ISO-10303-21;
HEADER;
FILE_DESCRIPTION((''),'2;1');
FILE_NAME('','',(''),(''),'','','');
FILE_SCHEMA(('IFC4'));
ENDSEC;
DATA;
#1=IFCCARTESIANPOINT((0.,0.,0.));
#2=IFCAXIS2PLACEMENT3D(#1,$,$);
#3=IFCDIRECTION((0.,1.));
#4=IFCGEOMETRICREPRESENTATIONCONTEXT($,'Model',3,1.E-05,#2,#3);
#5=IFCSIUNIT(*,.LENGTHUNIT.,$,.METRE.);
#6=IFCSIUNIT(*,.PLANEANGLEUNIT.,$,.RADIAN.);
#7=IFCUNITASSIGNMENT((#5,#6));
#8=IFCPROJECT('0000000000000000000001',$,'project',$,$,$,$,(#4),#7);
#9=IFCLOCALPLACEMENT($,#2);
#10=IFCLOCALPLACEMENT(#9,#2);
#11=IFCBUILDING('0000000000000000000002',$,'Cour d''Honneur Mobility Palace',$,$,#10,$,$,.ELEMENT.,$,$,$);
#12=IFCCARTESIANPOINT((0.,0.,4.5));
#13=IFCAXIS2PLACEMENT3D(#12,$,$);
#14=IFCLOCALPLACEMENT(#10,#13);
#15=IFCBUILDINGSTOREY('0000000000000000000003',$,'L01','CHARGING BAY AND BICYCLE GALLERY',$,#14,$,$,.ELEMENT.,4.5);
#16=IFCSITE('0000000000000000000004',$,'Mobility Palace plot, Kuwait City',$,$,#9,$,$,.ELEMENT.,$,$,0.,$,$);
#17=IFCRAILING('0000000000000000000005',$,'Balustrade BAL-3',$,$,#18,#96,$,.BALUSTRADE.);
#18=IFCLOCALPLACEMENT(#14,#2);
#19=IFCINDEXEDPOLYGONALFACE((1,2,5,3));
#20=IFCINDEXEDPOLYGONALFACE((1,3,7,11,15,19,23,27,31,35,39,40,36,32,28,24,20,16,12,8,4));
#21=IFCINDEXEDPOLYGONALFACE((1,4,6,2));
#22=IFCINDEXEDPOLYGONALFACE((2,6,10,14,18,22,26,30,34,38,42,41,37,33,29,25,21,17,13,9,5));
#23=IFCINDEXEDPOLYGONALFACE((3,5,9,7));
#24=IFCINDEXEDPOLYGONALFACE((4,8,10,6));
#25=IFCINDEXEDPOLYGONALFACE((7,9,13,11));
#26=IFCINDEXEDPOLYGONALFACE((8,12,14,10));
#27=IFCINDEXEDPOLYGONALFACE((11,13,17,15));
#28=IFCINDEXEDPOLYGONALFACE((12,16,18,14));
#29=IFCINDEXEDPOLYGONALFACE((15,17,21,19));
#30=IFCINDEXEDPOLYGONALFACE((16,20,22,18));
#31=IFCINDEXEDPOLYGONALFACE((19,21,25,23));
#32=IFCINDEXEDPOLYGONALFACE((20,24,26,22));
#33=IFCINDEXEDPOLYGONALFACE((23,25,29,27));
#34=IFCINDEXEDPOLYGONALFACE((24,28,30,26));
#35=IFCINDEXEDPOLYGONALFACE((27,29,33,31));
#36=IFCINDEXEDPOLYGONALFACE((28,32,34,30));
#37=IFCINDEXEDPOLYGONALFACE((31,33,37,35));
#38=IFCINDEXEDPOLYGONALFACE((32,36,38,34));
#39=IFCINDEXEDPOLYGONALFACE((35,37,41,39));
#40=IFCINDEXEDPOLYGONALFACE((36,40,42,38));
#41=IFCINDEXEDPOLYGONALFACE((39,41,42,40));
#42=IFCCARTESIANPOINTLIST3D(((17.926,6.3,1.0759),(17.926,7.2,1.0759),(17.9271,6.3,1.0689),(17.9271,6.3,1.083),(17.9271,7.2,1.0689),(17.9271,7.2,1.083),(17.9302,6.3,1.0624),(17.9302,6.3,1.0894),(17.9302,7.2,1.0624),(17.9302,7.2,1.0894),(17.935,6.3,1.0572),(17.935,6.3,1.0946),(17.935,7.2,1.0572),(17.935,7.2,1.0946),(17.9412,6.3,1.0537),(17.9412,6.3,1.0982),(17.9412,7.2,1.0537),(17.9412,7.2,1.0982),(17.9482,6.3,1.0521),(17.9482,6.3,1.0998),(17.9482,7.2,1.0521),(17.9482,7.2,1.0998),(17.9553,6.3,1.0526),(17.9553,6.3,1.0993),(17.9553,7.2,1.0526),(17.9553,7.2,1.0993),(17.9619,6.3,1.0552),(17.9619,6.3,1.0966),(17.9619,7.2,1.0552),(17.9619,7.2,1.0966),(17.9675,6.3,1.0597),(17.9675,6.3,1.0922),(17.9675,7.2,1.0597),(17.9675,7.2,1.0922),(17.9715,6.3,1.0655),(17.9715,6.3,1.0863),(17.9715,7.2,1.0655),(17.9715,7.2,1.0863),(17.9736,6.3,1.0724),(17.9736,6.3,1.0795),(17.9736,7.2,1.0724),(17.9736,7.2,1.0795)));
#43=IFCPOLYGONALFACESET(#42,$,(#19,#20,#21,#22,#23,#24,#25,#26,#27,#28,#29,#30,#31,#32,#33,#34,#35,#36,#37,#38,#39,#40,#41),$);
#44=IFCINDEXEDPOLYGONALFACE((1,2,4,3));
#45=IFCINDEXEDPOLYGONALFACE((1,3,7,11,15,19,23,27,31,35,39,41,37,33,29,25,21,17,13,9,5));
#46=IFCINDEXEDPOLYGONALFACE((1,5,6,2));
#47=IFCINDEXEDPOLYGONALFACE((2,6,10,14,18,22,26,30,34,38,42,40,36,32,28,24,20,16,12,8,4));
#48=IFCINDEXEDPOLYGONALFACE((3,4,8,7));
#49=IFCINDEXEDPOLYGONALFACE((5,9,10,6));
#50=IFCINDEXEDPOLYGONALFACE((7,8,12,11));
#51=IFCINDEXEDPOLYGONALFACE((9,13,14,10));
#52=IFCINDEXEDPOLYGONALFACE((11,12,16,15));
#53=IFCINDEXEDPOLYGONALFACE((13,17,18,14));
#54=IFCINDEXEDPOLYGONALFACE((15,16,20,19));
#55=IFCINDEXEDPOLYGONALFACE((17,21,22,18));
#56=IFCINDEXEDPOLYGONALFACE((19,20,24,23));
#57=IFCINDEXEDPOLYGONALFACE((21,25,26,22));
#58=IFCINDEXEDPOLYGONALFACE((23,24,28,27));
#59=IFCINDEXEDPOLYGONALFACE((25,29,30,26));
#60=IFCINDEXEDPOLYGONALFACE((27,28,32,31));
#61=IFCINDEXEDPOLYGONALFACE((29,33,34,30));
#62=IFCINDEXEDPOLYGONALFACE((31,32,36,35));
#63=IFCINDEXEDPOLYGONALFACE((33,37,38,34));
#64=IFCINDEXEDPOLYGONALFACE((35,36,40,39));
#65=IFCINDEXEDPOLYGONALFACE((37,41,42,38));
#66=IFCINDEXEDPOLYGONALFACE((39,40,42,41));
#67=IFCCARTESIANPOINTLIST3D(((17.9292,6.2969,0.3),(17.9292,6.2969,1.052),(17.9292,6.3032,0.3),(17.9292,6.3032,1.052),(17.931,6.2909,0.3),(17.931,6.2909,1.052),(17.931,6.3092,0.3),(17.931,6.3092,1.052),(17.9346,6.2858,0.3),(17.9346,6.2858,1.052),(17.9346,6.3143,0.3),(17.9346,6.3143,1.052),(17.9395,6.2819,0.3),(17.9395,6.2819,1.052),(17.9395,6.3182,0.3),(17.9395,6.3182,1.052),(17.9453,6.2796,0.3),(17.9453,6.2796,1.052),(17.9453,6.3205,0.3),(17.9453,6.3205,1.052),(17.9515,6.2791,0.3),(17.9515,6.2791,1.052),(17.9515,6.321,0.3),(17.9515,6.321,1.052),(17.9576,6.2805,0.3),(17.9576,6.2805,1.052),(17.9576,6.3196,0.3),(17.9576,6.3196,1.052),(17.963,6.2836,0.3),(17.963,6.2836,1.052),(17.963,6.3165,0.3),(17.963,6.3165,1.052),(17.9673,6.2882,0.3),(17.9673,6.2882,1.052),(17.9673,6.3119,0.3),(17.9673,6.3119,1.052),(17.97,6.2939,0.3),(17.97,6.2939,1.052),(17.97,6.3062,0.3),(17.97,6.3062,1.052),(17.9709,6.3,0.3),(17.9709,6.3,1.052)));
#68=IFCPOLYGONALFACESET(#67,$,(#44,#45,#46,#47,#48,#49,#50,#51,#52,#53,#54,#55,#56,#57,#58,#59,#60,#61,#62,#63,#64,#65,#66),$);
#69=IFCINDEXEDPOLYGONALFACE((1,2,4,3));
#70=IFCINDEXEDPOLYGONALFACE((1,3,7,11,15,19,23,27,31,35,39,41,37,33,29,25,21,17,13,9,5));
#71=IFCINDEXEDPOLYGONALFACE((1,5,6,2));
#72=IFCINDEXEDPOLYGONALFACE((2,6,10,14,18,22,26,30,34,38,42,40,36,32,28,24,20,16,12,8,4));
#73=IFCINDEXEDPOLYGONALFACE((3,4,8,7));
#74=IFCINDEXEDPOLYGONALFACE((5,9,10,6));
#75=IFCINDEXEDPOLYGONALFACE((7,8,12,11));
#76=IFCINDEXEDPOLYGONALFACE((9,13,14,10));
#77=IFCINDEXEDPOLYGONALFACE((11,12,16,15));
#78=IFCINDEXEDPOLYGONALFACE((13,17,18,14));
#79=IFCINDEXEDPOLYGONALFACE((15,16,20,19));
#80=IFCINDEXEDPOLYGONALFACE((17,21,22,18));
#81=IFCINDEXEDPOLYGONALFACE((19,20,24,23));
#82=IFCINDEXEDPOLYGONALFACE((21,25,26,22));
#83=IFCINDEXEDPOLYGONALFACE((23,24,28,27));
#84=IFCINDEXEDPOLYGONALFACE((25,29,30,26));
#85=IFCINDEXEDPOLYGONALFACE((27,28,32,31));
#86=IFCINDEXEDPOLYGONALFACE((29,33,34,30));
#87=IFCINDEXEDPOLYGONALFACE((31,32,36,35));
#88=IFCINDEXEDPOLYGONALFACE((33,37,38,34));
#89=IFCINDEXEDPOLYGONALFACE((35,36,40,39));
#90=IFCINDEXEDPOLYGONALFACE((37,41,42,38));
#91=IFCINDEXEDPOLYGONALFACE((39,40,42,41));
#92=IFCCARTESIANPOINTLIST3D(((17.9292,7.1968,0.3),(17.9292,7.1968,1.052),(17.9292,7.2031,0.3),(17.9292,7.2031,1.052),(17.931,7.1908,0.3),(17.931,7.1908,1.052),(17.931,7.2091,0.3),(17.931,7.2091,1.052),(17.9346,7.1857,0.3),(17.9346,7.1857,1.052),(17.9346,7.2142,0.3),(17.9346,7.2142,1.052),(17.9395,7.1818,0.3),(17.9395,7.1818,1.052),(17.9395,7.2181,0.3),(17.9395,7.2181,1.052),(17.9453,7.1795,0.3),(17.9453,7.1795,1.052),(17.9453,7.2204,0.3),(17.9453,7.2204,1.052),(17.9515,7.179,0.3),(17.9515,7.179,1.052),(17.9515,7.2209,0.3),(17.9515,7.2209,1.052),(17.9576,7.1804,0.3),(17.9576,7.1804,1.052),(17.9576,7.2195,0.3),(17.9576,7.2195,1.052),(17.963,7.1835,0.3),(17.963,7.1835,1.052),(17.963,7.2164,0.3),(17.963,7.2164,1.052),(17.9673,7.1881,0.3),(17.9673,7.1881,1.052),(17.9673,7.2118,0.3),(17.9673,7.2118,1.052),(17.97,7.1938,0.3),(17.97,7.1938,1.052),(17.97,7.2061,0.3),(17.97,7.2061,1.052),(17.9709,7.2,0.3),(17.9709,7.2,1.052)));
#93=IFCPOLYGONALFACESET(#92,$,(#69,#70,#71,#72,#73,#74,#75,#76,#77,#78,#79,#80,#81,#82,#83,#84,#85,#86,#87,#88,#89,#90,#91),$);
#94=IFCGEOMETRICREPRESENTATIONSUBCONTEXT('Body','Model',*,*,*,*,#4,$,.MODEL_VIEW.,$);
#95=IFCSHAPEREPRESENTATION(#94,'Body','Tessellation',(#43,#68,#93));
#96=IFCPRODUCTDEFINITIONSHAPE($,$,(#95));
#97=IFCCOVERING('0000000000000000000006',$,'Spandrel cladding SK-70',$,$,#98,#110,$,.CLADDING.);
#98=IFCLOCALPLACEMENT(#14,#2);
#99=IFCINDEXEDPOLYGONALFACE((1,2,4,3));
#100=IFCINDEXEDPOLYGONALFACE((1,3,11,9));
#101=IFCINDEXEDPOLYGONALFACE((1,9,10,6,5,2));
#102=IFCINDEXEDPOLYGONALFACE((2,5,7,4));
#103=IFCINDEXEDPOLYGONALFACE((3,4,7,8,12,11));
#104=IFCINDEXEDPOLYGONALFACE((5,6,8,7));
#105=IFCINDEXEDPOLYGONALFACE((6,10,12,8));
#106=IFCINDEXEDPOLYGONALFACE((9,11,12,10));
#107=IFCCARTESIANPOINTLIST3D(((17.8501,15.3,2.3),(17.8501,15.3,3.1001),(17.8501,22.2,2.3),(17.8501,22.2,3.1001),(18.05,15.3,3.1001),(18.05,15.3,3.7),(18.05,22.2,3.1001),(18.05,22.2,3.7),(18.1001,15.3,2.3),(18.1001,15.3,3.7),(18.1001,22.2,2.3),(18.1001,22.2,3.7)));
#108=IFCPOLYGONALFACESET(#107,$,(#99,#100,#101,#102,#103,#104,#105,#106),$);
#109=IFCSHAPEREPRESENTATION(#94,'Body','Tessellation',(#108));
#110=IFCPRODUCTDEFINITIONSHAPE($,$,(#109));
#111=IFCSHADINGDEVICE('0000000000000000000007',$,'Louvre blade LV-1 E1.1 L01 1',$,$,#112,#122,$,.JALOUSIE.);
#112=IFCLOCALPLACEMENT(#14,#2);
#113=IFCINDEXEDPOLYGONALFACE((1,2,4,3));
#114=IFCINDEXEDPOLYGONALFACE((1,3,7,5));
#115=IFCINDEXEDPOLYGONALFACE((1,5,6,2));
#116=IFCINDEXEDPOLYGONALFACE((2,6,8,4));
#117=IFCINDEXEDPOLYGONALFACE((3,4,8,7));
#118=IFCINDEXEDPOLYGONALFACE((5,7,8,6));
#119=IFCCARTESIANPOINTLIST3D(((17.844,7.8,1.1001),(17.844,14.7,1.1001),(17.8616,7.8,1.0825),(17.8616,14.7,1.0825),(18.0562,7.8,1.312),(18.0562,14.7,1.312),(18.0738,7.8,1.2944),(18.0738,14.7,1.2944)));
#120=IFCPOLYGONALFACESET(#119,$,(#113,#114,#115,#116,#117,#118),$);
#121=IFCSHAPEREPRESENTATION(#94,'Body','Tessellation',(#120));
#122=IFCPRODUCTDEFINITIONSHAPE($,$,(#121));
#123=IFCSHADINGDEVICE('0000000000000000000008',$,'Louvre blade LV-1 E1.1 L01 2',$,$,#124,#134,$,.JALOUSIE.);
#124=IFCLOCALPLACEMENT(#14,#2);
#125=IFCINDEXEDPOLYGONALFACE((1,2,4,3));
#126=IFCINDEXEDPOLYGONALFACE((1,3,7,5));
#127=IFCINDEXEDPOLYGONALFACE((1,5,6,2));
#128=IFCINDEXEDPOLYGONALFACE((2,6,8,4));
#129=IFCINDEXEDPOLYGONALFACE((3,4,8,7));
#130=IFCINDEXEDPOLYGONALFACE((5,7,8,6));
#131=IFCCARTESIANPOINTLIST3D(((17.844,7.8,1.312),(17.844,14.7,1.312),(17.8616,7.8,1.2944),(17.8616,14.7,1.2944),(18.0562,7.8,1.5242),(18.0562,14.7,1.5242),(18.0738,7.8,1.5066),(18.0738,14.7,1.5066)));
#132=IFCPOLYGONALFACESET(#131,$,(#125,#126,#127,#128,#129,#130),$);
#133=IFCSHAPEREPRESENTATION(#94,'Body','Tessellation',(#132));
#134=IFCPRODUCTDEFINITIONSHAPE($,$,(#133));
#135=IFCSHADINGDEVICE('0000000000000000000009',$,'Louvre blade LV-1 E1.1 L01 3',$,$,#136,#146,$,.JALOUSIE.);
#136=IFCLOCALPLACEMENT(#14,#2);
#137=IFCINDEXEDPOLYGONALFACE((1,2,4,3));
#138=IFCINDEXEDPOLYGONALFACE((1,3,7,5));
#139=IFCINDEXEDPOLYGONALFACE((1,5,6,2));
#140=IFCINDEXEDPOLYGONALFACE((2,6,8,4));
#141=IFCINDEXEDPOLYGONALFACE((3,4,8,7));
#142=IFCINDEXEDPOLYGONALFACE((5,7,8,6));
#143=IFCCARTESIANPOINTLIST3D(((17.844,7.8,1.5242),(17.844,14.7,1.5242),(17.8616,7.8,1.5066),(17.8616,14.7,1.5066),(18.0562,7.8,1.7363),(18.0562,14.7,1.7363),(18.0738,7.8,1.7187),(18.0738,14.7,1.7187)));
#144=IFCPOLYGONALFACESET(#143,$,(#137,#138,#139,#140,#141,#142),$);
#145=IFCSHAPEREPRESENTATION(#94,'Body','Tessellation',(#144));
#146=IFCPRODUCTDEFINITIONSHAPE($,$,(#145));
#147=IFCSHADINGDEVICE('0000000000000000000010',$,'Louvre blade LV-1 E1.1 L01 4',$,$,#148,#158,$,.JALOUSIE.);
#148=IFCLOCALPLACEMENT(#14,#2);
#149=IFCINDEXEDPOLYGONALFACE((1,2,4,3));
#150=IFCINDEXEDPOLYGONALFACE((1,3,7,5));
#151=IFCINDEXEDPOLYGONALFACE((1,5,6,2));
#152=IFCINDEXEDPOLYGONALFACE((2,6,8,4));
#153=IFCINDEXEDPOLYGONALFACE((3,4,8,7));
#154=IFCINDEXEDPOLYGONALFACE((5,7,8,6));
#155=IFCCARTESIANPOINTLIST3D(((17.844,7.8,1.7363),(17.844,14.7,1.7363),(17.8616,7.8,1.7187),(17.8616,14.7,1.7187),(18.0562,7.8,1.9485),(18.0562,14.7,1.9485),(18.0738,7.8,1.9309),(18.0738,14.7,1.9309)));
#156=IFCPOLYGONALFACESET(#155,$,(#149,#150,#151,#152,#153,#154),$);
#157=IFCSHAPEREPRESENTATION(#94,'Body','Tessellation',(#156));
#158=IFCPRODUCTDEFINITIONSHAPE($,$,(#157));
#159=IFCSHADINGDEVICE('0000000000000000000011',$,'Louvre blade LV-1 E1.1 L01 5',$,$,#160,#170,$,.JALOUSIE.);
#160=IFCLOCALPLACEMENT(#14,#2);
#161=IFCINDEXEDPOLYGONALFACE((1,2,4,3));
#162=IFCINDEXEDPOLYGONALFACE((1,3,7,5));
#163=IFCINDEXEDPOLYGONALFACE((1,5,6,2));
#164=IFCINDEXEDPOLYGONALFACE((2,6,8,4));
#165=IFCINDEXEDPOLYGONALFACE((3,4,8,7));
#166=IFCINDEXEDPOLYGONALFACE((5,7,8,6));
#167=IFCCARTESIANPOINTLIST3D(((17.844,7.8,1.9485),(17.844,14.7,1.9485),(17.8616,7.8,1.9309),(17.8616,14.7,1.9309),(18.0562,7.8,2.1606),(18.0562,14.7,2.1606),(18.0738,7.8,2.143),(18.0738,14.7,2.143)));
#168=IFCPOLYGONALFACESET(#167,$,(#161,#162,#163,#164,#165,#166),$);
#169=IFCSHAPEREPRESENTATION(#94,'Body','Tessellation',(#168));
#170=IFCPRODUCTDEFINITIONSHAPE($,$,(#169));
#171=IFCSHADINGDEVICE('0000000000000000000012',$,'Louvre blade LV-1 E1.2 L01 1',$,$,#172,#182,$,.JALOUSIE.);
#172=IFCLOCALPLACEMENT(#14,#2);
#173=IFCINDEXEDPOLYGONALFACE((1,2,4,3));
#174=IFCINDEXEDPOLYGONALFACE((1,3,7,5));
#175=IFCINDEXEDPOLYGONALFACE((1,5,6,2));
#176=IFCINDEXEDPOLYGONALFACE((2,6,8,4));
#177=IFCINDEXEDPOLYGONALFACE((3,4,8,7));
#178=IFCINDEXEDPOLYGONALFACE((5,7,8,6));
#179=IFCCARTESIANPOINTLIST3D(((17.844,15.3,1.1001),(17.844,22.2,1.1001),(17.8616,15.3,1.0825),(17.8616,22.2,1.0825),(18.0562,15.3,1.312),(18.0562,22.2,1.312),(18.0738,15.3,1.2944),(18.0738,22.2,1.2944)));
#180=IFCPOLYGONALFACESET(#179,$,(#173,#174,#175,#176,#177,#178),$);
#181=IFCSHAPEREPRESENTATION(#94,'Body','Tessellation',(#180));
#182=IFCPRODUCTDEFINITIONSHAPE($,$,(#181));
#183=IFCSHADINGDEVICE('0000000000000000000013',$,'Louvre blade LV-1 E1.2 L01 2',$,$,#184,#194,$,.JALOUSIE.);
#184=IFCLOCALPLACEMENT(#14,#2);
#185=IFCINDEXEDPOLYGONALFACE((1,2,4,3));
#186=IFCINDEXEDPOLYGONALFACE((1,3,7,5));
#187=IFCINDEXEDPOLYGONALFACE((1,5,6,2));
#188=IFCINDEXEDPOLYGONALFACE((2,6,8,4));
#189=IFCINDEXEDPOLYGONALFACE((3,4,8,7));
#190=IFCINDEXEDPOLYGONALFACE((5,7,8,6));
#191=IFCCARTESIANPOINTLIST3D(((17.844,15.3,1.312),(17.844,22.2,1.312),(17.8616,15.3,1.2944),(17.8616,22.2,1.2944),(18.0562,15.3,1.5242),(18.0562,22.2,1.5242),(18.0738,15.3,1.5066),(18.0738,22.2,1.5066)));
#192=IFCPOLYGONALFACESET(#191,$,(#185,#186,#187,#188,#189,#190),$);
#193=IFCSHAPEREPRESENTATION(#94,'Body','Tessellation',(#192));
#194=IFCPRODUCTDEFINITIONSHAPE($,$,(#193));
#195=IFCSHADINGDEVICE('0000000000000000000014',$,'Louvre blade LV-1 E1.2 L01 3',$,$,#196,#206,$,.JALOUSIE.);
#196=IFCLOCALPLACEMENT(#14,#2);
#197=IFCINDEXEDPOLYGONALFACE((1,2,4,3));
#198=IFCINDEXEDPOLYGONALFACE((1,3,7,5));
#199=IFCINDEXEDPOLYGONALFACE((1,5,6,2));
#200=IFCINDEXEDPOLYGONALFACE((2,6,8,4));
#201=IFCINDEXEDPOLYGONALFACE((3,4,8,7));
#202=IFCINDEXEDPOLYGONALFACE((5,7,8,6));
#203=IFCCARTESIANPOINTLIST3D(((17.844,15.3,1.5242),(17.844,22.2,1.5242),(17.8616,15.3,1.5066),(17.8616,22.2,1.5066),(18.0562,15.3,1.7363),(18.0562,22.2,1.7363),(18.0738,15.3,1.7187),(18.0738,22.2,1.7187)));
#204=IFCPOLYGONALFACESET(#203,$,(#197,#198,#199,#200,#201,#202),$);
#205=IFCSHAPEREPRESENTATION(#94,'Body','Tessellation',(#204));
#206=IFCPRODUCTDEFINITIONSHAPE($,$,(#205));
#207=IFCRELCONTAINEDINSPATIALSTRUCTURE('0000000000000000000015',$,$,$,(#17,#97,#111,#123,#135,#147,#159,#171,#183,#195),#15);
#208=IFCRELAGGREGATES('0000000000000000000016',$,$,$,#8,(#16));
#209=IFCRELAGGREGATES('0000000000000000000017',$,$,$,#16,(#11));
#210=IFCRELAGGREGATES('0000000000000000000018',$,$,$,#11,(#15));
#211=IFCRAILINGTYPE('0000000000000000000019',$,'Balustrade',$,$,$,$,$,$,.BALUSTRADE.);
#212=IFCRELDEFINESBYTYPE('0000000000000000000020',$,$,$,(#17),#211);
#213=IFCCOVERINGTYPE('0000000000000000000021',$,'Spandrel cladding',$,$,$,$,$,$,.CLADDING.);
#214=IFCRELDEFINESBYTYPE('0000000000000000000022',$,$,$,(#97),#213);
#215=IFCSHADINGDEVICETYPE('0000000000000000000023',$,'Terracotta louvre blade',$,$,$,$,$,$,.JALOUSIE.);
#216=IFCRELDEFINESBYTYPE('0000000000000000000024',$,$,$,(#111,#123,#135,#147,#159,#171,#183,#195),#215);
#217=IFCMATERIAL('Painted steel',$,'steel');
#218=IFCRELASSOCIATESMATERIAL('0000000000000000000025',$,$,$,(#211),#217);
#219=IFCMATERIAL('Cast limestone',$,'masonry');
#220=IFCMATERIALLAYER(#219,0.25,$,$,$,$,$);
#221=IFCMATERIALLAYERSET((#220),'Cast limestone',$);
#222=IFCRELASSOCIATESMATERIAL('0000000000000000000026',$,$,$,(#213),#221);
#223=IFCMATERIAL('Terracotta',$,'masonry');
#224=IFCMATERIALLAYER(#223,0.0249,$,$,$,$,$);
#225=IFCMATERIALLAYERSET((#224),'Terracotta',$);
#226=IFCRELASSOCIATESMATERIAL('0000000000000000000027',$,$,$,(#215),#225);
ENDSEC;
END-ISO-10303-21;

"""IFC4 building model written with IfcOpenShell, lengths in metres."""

from ifc_helpers import new_model, si_unit, direction, frame, origin, origin_2d, place, context, subcontext, project, spatial, polyline, circle, outline, extrude, material, layer, layer_set, type_object, element, save


model = new_model("IFC4")

# Units and contexts
model_context = context("Model", 3, precision=1e-05, world=origin(), true_north=direction((0.0, 1.0)))
body_context = subcontext(model_context, "Body", "Model", "MODEL_VIEW")
ifc_project = project(units=[si_unit("LENGTHUNIT", "METRE"), si_unit("PLANEANGLEUNIT", "RADIAN")], contexts=[model_context])

# Site, building, storey
site_placement = place(None, origin())
site = spatial("IfcSite", under=ifc_project, at=site_placement, Name="Mobility Palace plot, Kuwait City", CompositionType="ELEMENT", RefElevation=0.0)
building_placement = place(site_placement, origin())
building = spatial("IfcBuilding", under=site, at=building_placement, Name="Cour d'Honneur Mobility Palace", CompositionType="ELEMENT")
storey_placement = place(building_placement, frame((0.0, 0.0, 4.5)))
storey = spatial("IfcBuildingStorey", under=building, at=storey_placement, Name="L01", Description="CHARGING BAY AND BICYCLE GALLERY", CompositionType="ELEMENT", Elevation=4.5)

# Railing
ifc_material_1 = material(Name="Painted steel", Category="steel")
railing_type = type_object("IfcRailingType", Name="Balustrade", PredefinedType="BALUSTRADE", material=ifc_material_1)
railing_placement = place(storey_placement, frame((17.95, 6.3, 0.3)))
element("IfcRailing", 1, at=railing_placement, inside=storey, type_object=railing_type, Name="Balustrade BAL-3", PredefinedType="BALUSTRADE", context=body_context, shape_type="SweptSolid", body=[
    extrude(circle(Radius=0.0239, at=origin_2d()), frame((0.0, 0.0, 0.7759), z_axis=(0.0, 1.0, 0.0), x_axis=(-1.0, 0.0, 0.0)), (0.0, 0.0, 1.0), 0.8999),
    extrude(circle(Radius=0.021, at=origin_2d()), origin(), (0.0, 0.0, 1.0), 0.752),
    extrude(circle(Radius=0.021, at=origin_2d()), frame((0.0, 0.8999, 0.0)), (0.0, 0.0, 1.0), 0.752),
])

# Covering
ifc_material_2 = material(Name="Cast limestone", Category="masonry")
ifc_layer_1 = layer(ifc_material_2, 0.25)
ifc_layer_set_1 = layer_set([ifc_layer_1], Name="Cast limestone")
covering_type = type_object("IfcCoveringType", Name="Spandrel cladding", PredefinedType="CLADDING", material=ifc_layer_set_1)
covering_placement = place(storey_placement, frame((17.8501, 15.3, 2.3), z_axis=(0.0, -1.0, 0.0), x_axis=(1.0, 0.0, 0.0)))
element("IfcCovering", 2, at=covering_placement, inside=storey, type_object=covering_type, Name="Spandrel cladding SK-70", PredefinedType="CLADDING", context=body_context, shape_type="SweptSolid", body=[
    extrude(outline(polyline([(0.0, 0.0), (0.25, 0.0), (0.25, 1.3999), (0.2, 1.3999), (0.2, 0.8), (0.0, 0.8), (0.0, 0.0)])), origin(), (0.0, 0.0, -1.0), 6.8999),
])

# Shading devices
ifc_material_3 = material(Name="Terracotta", Category="masonry")
ifc_layer_2 = layer(ifc_material_3, 0.0249)
ifc_layer_set_2 = layer_set([ifc_layer_2], Name="Terracotta")
shading_device_type = type_object("IfcShadingDeviceType", Name="Terracotta louvre blade", PredefinedType="JALOUSIE", material=ifc_layer_set_2)
shading_device_1_placement = place(storey_placement, frame((17.844, 7.8, 1.1001), z_axis=(-0.7067, 0.0, 0.707514), x_axis=(0.0, 1.0, 0.0)))
element("IfcShadingDevice", 3, at=shading_device_1_placement, inside=storey, type_object=shading_device_type, Name="Louvre blade LV-1 E1.1 L01 1", PredefinedType="JALOUSIE", context=body_context, shape_type="SweptSolid", body=[
    extrude(outline(polyline([(0.0, 0.0), (6.8999, 0.0), (6.8999, -0.2999), (0.0, -0.2999), (0.0, 0.0)])), origin(), (0.0, 0.0, -1.0), 0.0249),
])
for number, where, z_axis, x_axis, name in (
    (4, (17.844, 7.8, 1.312), (-0.707107, 0.0, 0.707107), (0.0, 1.0, 0.0), "Louvre blade LV-1 E1.1 L01 2"),
    (5, (17.844, 7.8, 1.5242), (-0.707107, 0.0, 0.707107), (0.0, 1.0, 0.0), "Louvre blade LV-1 E1.1 L01 3"),
    (6, (17.844, 7.8, 1.7363), (-0.707107, 0.0, 0.707107), (0.0, 1.0, 0.0), "Louvre blade LV-1 E1.1 L01 4"),
    (7, (17.844, 7.8, 1.9485), (-0.707107, 0.0, 0.707107), (0.0, 1.0, 0.0), "Louvre blade LV-1 E1.1 L01 5"),
):
    element("IfcShadingDevice", number, at=place(storey_placement, frame(where, z_axis=z_axis, x_axis=x_axis)), inside=storey, type_object=shading_device_type, Name=name, PredefinedType="JALOUSIE", context=body_context, shape_type="SweptSolid", body=[
        extrude(outline(polyline([(0.0, 0.0), (6.8999, 0.0), (6.8999, -0.3), (0.0, -0.3), (0.0, 0.0)])), origin(), (0.0, 0.0, -1.0), 0.0249),
    ])
shading_device_2_placement = place(storey_placement, frame((17.844, 15.3, 1.1001), z_axis=(-0.7067, 0.0, 0.707514), x_axis=(0.0, 1.0, 0.0)))
element("IfcShadingDevice", 8, at=shading_device_2_placement, inside=storey, type_object=shading_device_type, Name="Louvre blade LV-1 E1.2 L01 1", PredefinedType="JALOUSIE", context=body_context, shape_type="SweptSolid", body=[
    extrude(outline(polyline([(0.0, 0.0), (6.8999, 0.0), (6.8999, -0.2999), (0.0, -0.2999), (0.0, 0.0)])), origin(), (0.0, 0.0, -1.0), 0.0249),
])
for number, where, z_axis, x_axis, name in (
    (9, (17.844, 15.3, 1.312), (-0.707107, 0.0, 0.707107), (0.0, 1.0, 0.0), "Louvre blade LV-1 E1.2 L01 2"),
    (10, (17.844, 15.3, 1.5242), (-0.707107, 0.0, 0.707107), (0.0, 1.0, 0.0), "Louvre blade LV-1 E1.2 L01 3"),
):
    element("IfcShadingDevice", number, at=place(storey_placement, frame(where, z_axis=z_axis, x_axis=x_axis)), inside=storey, type_object=shading_device_type, Name=name, PredefinedType="JALOUSIE", context=body_context, shape_type="SweptSolid", body=[
        extrude(outline(polyline([(0.0, 0.0), (6.8999, 0.0), (6.8999, -0.3), (0.0, -0.3), (0.0, 0.0)])), origin(), (0.0, 0.0, -1.0), 0.0249),
    ])

save(model, "model.ifc")
